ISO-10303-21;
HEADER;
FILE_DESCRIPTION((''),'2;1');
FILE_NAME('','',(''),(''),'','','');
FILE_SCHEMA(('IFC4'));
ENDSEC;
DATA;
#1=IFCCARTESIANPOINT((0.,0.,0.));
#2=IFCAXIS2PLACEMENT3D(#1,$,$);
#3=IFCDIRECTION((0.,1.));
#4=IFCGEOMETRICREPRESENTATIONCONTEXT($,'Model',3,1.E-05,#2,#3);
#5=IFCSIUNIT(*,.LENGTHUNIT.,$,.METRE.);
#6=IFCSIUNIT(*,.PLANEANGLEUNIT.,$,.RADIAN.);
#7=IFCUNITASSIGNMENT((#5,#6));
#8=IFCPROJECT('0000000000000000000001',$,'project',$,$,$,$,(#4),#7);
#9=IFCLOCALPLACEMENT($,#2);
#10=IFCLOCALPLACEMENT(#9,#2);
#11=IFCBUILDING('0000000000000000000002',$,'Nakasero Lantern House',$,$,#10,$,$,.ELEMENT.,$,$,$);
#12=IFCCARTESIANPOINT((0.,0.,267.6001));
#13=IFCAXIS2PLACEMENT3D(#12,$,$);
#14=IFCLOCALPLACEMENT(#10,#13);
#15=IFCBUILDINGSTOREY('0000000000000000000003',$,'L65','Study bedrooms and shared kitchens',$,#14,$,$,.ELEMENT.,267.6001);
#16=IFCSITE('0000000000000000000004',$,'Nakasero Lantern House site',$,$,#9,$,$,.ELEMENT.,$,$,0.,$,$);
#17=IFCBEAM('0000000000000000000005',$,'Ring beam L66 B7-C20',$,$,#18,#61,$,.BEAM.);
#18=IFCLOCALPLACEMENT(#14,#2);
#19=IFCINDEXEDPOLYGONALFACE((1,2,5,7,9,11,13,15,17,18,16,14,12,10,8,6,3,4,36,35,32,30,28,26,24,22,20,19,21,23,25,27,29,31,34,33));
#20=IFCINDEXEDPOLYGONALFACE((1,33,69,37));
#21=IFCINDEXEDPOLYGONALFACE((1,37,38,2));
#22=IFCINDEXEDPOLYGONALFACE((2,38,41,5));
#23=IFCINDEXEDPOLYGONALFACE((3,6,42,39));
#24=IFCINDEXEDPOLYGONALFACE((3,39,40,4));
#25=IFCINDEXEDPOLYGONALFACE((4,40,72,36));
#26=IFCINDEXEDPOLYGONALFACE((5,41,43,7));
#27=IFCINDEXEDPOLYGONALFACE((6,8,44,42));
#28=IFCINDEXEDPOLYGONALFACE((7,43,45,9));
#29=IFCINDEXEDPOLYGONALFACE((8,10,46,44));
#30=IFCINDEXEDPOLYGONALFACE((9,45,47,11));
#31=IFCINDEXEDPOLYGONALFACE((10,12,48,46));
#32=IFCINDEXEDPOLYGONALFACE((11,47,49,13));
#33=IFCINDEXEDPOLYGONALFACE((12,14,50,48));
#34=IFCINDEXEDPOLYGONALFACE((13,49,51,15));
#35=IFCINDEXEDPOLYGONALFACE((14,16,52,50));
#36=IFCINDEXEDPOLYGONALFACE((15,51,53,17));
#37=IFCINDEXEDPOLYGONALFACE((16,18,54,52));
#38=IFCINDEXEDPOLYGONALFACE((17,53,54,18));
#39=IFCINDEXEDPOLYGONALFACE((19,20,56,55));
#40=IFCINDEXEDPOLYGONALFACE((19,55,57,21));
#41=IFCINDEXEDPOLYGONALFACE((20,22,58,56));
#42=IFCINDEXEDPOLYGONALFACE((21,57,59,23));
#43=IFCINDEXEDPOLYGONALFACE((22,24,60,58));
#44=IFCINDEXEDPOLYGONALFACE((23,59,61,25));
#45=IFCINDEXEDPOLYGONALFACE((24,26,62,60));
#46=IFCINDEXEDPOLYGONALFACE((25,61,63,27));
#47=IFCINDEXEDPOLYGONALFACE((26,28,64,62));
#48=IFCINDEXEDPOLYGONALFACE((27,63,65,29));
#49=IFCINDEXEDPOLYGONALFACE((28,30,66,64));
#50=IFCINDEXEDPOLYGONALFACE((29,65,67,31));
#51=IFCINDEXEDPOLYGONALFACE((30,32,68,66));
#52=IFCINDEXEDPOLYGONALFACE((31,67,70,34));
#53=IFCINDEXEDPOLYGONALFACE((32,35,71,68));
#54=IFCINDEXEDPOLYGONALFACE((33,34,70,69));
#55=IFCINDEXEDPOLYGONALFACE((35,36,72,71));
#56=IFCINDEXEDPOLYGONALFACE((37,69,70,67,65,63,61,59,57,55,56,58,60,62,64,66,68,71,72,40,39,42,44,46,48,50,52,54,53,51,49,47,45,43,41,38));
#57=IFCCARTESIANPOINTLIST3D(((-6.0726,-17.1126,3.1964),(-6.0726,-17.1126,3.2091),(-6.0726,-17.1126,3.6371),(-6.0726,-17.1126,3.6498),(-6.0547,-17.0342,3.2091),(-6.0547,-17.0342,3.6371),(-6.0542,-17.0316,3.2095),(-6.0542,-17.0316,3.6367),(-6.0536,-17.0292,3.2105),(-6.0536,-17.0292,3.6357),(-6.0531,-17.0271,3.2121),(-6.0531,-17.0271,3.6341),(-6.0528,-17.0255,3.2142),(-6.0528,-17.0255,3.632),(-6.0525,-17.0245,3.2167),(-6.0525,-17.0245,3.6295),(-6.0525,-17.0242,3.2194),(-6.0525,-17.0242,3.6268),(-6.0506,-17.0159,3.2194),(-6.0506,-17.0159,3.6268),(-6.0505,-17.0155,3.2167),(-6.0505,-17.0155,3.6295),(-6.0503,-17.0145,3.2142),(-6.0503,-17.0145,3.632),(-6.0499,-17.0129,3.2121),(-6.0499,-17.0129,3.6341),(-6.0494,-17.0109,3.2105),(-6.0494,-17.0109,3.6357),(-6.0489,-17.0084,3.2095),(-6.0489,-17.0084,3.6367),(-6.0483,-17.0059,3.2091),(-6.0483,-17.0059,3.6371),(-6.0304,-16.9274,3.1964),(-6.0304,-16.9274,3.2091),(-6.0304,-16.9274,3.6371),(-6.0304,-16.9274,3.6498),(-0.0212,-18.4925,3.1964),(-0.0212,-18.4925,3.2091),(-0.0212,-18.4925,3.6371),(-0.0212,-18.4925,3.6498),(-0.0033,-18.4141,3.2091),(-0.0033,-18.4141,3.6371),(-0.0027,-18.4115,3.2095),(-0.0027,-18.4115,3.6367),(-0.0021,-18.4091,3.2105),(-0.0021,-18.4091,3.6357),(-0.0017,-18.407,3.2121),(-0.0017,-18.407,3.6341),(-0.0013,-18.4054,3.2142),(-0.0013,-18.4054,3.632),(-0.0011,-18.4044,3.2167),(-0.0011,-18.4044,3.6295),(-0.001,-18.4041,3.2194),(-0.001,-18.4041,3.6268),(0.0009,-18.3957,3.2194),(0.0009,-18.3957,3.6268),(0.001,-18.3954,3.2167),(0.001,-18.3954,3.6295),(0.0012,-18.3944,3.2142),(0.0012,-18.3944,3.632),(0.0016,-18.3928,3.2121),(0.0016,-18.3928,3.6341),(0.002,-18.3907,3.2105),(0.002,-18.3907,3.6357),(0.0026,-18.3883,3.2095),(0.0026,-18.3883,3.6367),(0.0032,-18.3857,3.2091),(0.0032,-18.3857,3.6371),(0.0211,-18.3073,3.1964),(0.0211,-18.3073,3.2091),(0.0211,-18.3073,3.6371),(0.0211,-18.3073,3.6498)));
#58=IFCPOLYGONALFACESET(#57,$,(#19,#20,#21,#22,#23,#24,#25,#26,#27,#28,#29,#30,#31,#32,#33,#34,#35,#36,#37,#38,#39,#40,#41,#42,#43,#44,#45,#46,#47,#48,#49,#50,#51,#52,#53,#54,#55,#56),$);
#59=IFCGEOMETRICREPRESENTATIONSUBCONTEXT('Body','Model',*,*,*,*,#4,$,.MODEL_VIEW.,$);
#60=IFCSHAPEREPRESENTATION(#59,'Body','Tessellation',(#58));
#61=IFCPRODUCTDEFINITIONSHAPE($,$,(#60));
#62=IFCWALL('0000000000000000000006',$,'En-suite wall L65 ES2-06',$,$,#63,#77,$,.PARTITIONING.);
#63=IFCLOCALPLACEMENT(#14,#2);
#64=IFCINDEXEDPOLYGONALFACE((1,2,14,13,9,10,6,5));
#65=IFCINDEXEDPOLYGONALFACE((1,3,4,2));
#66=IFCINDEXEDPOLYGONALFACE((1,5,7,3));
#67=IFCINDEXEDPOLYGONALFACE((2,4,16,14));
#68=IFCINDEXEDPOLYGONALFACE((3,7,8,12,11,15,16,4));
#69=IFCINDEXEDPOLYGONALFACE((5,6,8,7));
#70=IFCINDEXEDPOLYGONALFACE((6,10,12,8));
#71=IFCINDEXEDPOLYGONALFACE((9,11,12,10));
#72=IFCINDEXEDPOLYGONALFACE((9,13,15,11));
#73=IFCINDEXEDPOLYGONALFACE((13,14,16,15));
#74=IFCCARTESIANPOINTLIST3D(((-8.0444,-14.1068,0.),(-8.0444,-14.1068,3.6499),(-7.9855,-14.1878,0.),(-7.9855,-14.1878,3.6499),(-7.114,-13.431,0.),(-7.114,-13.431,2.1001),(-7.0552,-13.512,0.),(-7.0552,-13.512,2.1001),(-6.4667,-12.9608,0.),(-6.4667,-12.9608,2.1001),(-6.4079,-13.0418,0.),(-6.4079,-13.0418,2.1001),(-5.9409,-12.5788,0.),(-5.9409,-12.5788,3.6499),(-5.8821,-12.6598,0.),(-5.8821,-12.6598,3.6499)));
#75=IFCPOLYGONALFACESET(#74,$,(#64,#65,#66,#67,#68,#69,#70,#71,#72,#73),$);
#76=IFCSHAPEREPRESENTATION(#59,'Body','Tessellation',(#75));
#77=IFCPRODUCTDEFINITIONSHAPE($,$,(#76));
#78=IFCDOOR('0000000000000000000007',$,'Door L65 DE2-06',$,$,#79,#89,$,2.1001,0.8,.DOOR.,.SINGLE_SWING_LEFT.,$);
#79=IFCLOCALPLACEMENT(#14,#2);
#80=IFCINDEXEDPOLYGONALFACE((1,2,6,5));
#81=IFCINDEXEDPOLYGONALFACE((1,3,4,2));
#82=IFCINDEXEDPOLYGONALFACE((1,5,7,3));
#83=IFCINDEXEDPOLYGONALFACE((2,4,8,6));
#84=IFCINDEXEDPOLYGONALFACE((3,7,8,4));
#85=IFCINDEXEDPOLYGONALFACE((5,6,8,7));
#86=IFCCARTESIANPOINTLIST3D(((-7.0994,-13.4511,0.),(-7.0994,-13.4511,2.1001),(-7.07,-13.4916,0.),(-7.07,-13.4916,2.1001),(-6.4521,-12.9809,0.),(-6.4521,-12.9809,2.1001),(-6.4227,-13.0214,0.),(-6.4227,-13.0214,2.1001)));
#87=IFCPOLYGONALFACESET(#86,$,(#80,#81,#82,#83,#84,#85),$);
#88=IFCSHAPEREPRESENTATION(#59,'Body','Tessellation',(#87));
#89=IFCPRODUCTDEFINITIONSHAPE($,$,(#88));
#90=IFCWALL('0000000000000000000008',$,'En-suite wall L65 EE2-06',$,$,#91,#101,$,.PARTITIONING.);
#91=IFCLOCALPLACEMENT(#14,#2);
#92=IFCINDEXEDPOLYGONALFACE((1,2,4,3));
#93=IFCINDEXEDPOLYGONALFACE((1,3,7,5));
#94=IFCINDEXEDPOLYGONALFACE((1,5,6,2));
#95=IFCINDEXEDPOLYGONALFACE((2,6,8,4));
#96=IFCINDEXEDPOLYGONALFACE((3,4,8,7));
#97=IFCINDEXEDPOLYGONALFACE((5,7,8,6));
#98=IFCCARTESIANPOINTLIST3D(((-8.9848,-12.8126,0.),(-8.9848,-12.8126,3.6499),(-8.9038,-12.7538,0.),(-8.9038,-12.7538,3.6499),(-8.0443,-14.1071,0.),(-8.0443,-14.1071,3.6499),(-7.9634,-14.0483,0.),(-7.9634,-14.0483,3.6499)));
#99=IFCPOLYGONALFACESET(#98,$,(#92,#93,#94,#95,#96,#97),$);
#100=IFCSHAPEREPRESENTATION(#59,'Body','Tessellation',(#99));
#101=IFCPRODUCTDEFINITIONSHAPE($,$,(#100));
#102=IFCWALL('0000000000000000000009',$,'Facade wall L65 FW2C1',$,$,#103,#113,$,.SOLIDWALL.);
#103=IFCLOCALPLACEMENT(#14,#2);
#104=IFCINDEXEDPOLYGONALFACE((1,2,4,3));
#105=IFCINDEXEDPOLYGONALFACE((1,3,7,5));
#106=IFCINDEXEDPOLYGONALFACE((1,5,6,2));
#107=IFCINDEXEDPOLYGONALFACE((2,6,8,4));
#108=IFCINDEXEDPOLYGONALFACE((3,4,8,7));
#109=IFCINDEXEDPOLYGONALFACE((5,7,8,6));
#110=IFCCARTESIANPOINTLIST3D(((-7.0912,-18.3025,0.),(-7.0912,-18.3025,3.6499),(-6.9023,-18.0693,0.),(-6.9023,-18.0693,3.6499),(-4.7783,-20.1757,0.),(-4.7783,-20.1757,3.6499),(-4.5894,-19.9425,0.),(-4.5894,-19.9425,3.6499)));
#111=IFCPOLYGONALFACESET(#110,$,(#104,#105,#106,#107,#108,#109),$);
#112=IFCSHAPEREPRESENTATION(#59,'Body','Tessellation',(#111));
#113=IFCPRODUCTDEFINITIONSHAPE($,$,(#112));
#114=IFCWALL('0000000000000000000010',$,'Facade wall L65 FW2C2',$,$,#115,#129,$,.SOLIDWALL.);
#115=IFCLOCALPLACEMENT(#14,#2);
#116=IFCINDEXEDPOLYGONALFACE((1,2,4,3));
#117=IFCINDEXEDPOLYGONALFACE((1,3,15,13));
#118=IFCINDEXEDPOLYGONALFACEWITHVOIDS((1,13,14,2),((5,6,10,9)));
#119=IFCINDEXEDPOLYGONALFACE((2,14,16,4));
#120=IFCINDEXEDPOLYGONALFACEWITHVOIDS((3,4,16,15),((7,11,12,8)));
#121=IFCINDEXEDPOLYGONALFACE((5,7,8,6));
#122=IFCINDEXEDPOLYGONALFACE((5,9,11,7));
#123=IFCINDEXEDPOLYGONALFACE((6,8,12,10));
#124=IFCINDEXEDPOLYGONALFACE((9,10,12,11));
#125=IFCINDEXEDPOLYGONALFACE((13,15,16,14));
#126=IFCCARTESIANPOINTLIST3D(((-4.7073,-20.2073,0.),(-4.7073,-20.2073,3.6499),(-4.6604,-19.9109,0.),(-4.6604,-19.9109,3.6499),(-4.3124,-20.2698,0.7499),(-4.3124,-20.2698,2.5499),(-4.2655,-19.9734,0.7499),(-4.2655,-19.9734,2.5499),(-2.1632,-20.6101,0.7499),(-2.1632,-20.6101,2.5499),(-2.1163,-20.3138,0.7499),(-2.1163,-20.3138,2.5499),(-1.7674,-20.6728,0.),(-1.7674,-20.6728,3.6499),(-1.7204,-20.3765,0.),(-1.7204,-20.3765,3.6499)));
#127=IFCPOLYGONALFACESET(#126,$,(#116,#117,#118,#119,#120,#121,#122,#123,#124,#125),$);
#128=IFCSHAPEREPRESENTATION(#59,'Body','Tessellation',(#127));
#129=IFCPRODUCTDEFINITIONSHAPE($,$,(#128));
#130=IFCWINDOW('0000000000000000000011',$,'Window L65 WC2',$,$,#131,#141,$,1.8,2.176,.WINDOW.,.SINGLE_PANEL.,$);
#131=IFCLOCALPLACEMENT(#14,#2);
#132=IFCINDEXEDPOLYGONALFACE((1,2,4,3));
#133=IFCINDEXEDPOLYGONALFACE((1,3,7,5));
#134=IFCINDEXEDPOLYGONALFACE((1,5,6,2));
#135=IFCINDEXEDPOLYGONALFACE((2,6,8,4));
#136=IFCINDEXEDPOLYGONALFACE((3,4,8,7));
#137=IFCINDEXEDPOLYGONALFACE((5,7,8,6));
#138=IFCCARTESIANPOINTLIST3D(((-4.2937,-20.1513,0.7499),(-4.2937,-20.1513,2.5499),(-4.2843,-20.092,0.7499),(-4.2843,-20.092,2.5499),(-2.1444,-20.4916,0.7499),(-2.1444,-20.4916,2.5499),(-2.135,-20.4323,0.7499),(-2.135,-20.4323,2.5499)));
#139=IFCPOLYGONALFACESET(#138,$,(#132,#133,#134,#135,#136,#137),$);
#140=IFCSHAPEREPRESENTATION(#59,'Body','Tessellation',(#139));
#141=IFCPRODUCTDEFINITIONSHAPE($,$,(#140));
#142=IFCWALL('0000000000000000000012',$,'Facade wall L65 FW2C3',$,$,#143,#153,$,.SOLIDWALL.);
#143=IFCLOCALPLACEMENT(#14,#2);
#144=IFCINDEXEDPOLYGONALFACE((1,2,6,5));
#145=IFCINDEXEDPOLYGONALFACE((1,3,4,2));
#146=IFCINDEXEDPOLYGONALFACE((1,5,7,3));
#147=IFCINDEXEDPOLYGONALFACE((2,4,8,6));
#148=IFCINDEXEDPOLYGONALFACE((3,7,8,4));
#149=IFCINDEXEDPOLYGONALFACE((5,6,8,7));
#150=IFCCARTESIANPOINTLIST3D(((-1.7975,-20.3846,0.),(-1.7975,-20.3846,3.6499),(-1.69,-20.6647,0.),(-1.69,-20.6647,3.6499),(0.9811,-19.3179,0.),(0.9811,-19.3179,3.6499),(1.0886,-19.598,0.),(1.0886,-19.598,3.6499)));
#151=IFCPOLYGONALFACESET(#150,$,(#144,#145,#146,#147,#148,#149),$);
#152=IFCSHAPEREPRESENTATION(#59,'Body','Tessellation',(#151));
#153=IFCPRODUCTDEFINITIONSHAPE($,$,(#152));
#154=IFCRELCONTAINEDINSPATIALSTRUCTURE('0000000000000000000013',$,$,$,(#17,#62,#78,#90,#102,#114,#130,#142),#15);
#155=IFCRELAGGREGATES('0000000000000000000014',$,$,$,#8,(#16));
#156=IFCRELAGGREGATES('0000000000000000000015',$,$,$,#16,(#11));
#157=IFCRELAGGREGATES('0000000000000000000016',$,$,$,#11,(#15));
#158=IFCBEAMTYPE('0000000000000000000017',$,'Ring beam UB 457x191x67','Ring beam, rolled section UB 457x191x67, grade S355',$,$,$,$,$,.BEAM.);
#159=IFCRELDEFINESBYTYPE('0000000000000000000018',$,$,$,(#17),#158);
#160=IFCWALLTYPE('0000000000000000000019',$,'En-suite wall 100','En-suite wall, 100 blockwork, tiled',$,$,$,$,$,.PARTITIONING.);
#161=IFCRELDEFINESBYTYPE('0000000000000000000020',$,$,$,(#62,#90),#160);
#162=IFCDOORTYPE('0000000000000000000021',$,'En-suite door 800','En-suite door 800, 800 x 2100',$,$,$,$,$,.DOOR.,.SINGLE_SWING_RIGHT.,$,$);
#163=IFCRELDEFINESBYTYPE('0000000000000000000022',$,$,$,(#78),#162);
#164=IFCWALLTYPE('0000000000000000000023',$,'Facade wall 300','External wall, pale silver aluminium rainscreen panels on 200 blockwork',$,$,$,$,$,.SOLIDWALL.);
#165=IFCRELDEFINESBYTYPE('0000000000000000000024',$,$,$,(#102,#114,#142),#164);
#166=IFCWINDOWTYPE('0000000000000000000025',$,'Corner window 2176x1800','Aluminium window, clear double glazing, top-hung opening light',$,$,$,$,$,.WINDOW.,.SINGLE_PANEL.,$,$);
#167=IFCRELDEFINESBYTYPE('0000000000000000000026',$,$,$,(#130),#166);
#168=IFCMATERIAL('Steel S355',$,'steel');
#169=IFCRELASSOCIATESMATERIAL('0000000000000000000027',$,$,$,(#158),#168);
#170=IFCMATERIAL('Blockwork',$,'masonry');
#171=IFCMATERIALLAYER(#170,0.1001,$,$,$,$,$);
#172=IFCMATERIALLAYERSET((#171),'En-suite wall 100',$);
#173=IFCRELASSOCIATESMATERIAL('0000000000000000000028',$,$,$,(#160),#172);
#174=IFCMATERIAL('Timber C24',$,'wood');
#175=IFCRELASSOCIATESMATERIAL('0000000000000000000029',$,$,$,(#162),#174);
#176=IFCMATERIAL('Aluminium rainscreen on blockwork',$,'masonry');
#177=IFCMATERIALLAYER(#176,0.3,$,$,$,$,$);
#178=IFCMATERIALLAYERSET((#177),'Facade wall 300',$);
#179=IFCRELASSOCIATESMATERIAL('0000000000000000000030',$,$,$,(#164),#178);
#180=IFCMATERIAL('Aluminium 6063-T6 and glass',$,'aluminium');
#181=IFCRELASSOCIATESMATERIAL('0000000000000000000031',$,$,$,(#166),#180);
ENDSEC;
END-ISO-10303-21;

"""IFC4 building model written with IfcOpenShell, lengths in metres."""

from ifc_helpers import new_model, si_unit, direction, frame, frame_2d, origin, origin_2d, place, context, subcontext, project, spatial, rectangle, i_section, extrude, material, layer, layer_set, material_profile, profile_set, type_object, element, fill, save


model = new_model("IFC4")

# Units and contexts
model_context = context("Model", 3, precision=1e-05, world=origin(), true_north=direction((0.0, 1.0)))
body_context = subcontext(model_context, "Body", "Model", "MODEL_VIEW")
ifc_project = project(units=[si_unit("LENGTHUNIT", "METRE"), si_unit("PLANEANGLEUNIT", "RADIAN")], contexts=[model_context])

# Site, building, storey
site_placement = place(None, origin())
site = spatial("IfcSite", under=ifc_project, at=site_placement, Name="Nakasero Lantern House site", CompositionType="ELEMENT", RefElevation=0.0)
building_placement = place(site_placement, origin())
building = spatial("IfcBuilding", under=site, at=building_placement, Name="Nakasero Lantern House", CompositionType="ELEMENT")
storey_placement = place(building_placement, frame((0.0, 0.0, 267.6001)))
storey = spatial("IfcBuildingStorey", under=building, at=storey_placement, Name="L65", Description="Study bedrooms and shared kitchens", CompositionType="ELEMENT", Elevation=267.6001)

# Beam
ifc_material_1 = material(Name="Steel S355", Category="steel")
ifc_material_profile_1 = material_profile(ifc_material_1, i_section(OverallWidth=0.1899, OverallDepth=0.4534, WebThickness=0.0085, FlangeThickness=0.0127, FilletRadius=0.0103, at=origin_2d()), Name="UB 457x191x67")
ifc_profile_set_1 = profile_set([ifc_material_profile_1], Name="Steel S355")
beam_type_1 = type_object("IfcBeamType", Name="Ring beam UB 457x191x67", Description="Ring beam, rolled section UB 457x191x67, grade S355", PredefinedType="BEAM", material=ifc_profile_set_1)
beam_1_placement = place(storey_placement, frame((-6.0515, -17.02, 3.4231), z_axis=(0.974975, -0.222316, 0.0), x_axis=(0.222316, 0.974975, 0.0)))
element("IfcBeam", 1, at=beam_1_placement, inside=storey, type_object=beam_type_1, Name="Ring beam L66 B7-C20", PredefinedType="BEAM", context=body_context, shape_type="SweptSolid", body=[
    extrude(i_section(OverallWidth=0.1899, OverallDepth=0.4534, WebThickness=0.0085, FlangeThickness=0.0127, FilletRadius=0.0103, at=origin_2d()), origin(), (0.0, 0.0, 1.0), 6.2068),
])

# Wall, opening, door
ifc_material_2 = material(Name="Blockwork", Category="masonry")
ifc_layer_1 = layer(ifc_material_2, 0.1001)
ifc_layer_set_1 = layer_set([ifc_layer_1], Name="En-suite wall 100")
wall_type_1 = type_object("IfcWallType", Name="En-suite wall 100", Description="En-suite wall, 100 blockwork, tiled", PredefinedType="PARTITIONING", material=ifc_layer_set_1)
wall_1_placement = place(storey_placement, frame((-5.9116, -12.6194, 0.0), z_axis=(0.0, 0.0, 1.0), x_axis=(-0.809057, -0.587731, 0.0)))
wall_1 = element("IfcWall", 2, at=wall_1_placement, inside=storey, type_object=wall_type_1, Name="En-suite wall L65 ES2-06", PredefinedType="PARTITIONING", context=body_context, shape_type="SweptSolid", body=[
    extrude(rectangle(XDim=2.5999, YDim=0.1001, at=frame_2d((1.2998, 0.0))), origin(), (0.0, 0.0, 1.0), 3.6499),
])
opening_1_placement = place(wall_1_placement, frame((0.6499, 0.0, 0.0)))
opening_1 = element("IfcOpeningElement", 3, at=opening_1_placement, cuts=wall_1, PredefinedType="OPENING", context=body_context, shape_type="SweptSolid", body=[
    extrude(rectangle(XDim=0.8, YDim=2.1001, at=frame_2d((0.3999, 1.05))), frame((0.0, 0.0701, 0.0), z_axis=(0.0, -1.0, 0.0), x_axis=(1.0, 0.0, 0.0)), (0.0, 0.0, 1.0), 0.1401),
])
ifc_material_3 = material(Name="Timber C24", Category="wood")
door_type_1 = type_object("IfcDoorType", Name="En-suite door 800", Description="En-suite door 800, 800 x 2100", OperationType="SINGLE_SWING_RIGHT", PredefinedType="DOOR", material=ifc_material_3)
door_1_placement = place(opening_1_placement, origin())
door_1 = element("IfcDoor", 4, at=door_1_placement, inside=storey, type_object=door_type_1, Name="Door L65 DE2-06", OperationType="SINGLE_SWING_LEFT", OverallHeight=2.1001, OverallWidth=0.8, PredefinedType="DOOR", context=body_context, shape_type="SweptSolid", body=[
    extrude(rectangle(XDim=0.8, YDim=2.1001, at=frame_2d((0.3999, 1.05))), frame((0.0, 0.0249, 0.0), z_axis=(0.0, -1.0, 0.0), x_axis=(1.0, 0.0, 0.0)), (0.0, 0.0, 1.0), 0.05),
])
fill(opening_1, door_1)

# Walls
wall_2_placement = place(storey_placement, frame((-8.9443, -12.7832, 0.0), z_axis=(0.0, 0.0, 1.0), x_axis=(0.587772, -0.809026, 0.0)))
element("IfcWall", 5, at=wall_2_placement, inside=storey, type_object=wall_type_1, Name="En-suite wall L65 EE2-06", PredefinedType="PARTITIONING", context=body_context, shape_type="SweptSolid", body=[
    extrude(rectangle(XDim=1.6001, YDim=0.1001, at=frame_2d((0.8, 0.0))), origin(), (0.0, 0.0, 1.0), 3.6499),
])
ifc_material_4 = material(Name="Aluminium rainscreen on blockwork", Category="masonry")
ifc_layer_2 = layer(ifc_material_4, 0.3)
ifc_layer_set_2 = layer_set([ifc_layer_2], Name="Facade wall 300")
wall_type_2 = type_object("IfcWallType", Name="Facade wall 300", Description="External wall, pale silver aluminium rainscreen panels on 200 blockwork", PredefinedType="SOLIDWALL", material=ifc_layer_set_2)
wall_3_placement = place(storey_placement, frame((-6.9968, -18.1858, 0.0), z_axis=(0.0, 0.0, 1.0), x_axis=(0.777102, -0.629375, 0.0)))
element("IfcWall", 6, at=wall_3_placement, inside=storey, type_object=wall_type_2, Name="Facade wall L65 FW2C1", PredefinedType="SOLIDWALL", context=body_context, shape_type="SweptSolid", body=[
    extrude(rectangle(XDim=2.9763, YDim=0.3, at=frame_2d((1.4883, 0.0))), origin(), (0.0, 0.0, 1.0), 3.6499),
])

# Wall, opening, window
wall_4_placement = place(storey_placement, frame((-4.6838, -20.0591, 0.0), z_axis=(0.0, 0.0, 1.0), x_axis=(0.987692, -0.156413, 0.0)))
wall_4 = element("IfcWall", 7, at=wall_4_placement, inside=storey, type_object=wall_type_2, Name="Facade wall L65 FW2C2", PredefinedType="SOLIDWALL", context=body_context, shape_type="SweptSolid", body=[
    extrude(rectangle(XDim=2.9766, YDim=0.3, at=frame_2d((1.4883, 0.0))), origin(), (0.0, 0.0, 1.0), 3.6499),
])
opening_2_placement = place(wall_4_placement, frame((0.3999, 0.0, 0.75)))
opening_2 = element("IfcOpeningElement", 8, at=opening_2_placement, cuts=wall_4, PredefinedType="OPENING", context=body_context, shape_type="SweptSolid", body=[
    extrude(rectangle(XDim=2.176, YDim=1.8, at=frame_2d((1.0879, 0.8999))), frame((0.0, 0.1699, 0.0), z_axis=(0.0, -1.0, 0.0), x_axis=(1.0, 0.0, 0.0)), (0.0, 0.0, 1.0), 0.3401),
])
ifc_material_5 = material(Name="Aluminium 6063-T6 and glass", Category="aluminium")
window_type = type_object("IfcWindowType", Name="Corner window 2176x1800", Description="Aluminium window, clear double glazing, top-hung opening light", PartitioningType="SINGLE_PANEL", PredefinedType="WINDOW", material=ifc_material_5)
window_placement = place(opening_2_placement, origin())
window = element("IfcWindow", 9, at=window_placement, inside=storey, type_object=window_type, Name="Window L65 WC2", OverallHeight=1.8, OverallWidth=2.176, PartitioningType="SINGLE_PANEL", PredefinedType="WINDOW", context=body_context, shape_type="SweptSolid", body=[
    extrude(rectangle(XDim=2.176, YDim=1.8, at=frame_2d((1.0879, 0.8999))), frame((0.0, 0.03, 0.0), z_axis=(0.0, -1.0, 0.0), x_axis=(1.0, 0.0, 0.0)), (0.0, 0.0, 1.0), 0.0601),
])
fill(opening_2, window)

# Wall
wall_5_placement = place(storey_placement, frame((-1.7439, -20.5247, 0.0), z_axis=(0.0, 0.0, 1.0), x_axis=(0.933574, 0.358385, 0.0)))
element("IfcWall", 10, at=wall_5_placement, inside=storey, type_object=wall_type_2, Name="Facade wall L65 FW2C3", PredefinedType="SOLIDWALL", context=body_context, shape_type="SweptSolid", body=[
    extrude(rectangle(XDim=2.9763, YDim=0.3, at=frame_2d((1.4883, 0.0))), origin(), (0.0, 0.0, 1.0), 3.6499),
])

save(model, "model.ifc")
